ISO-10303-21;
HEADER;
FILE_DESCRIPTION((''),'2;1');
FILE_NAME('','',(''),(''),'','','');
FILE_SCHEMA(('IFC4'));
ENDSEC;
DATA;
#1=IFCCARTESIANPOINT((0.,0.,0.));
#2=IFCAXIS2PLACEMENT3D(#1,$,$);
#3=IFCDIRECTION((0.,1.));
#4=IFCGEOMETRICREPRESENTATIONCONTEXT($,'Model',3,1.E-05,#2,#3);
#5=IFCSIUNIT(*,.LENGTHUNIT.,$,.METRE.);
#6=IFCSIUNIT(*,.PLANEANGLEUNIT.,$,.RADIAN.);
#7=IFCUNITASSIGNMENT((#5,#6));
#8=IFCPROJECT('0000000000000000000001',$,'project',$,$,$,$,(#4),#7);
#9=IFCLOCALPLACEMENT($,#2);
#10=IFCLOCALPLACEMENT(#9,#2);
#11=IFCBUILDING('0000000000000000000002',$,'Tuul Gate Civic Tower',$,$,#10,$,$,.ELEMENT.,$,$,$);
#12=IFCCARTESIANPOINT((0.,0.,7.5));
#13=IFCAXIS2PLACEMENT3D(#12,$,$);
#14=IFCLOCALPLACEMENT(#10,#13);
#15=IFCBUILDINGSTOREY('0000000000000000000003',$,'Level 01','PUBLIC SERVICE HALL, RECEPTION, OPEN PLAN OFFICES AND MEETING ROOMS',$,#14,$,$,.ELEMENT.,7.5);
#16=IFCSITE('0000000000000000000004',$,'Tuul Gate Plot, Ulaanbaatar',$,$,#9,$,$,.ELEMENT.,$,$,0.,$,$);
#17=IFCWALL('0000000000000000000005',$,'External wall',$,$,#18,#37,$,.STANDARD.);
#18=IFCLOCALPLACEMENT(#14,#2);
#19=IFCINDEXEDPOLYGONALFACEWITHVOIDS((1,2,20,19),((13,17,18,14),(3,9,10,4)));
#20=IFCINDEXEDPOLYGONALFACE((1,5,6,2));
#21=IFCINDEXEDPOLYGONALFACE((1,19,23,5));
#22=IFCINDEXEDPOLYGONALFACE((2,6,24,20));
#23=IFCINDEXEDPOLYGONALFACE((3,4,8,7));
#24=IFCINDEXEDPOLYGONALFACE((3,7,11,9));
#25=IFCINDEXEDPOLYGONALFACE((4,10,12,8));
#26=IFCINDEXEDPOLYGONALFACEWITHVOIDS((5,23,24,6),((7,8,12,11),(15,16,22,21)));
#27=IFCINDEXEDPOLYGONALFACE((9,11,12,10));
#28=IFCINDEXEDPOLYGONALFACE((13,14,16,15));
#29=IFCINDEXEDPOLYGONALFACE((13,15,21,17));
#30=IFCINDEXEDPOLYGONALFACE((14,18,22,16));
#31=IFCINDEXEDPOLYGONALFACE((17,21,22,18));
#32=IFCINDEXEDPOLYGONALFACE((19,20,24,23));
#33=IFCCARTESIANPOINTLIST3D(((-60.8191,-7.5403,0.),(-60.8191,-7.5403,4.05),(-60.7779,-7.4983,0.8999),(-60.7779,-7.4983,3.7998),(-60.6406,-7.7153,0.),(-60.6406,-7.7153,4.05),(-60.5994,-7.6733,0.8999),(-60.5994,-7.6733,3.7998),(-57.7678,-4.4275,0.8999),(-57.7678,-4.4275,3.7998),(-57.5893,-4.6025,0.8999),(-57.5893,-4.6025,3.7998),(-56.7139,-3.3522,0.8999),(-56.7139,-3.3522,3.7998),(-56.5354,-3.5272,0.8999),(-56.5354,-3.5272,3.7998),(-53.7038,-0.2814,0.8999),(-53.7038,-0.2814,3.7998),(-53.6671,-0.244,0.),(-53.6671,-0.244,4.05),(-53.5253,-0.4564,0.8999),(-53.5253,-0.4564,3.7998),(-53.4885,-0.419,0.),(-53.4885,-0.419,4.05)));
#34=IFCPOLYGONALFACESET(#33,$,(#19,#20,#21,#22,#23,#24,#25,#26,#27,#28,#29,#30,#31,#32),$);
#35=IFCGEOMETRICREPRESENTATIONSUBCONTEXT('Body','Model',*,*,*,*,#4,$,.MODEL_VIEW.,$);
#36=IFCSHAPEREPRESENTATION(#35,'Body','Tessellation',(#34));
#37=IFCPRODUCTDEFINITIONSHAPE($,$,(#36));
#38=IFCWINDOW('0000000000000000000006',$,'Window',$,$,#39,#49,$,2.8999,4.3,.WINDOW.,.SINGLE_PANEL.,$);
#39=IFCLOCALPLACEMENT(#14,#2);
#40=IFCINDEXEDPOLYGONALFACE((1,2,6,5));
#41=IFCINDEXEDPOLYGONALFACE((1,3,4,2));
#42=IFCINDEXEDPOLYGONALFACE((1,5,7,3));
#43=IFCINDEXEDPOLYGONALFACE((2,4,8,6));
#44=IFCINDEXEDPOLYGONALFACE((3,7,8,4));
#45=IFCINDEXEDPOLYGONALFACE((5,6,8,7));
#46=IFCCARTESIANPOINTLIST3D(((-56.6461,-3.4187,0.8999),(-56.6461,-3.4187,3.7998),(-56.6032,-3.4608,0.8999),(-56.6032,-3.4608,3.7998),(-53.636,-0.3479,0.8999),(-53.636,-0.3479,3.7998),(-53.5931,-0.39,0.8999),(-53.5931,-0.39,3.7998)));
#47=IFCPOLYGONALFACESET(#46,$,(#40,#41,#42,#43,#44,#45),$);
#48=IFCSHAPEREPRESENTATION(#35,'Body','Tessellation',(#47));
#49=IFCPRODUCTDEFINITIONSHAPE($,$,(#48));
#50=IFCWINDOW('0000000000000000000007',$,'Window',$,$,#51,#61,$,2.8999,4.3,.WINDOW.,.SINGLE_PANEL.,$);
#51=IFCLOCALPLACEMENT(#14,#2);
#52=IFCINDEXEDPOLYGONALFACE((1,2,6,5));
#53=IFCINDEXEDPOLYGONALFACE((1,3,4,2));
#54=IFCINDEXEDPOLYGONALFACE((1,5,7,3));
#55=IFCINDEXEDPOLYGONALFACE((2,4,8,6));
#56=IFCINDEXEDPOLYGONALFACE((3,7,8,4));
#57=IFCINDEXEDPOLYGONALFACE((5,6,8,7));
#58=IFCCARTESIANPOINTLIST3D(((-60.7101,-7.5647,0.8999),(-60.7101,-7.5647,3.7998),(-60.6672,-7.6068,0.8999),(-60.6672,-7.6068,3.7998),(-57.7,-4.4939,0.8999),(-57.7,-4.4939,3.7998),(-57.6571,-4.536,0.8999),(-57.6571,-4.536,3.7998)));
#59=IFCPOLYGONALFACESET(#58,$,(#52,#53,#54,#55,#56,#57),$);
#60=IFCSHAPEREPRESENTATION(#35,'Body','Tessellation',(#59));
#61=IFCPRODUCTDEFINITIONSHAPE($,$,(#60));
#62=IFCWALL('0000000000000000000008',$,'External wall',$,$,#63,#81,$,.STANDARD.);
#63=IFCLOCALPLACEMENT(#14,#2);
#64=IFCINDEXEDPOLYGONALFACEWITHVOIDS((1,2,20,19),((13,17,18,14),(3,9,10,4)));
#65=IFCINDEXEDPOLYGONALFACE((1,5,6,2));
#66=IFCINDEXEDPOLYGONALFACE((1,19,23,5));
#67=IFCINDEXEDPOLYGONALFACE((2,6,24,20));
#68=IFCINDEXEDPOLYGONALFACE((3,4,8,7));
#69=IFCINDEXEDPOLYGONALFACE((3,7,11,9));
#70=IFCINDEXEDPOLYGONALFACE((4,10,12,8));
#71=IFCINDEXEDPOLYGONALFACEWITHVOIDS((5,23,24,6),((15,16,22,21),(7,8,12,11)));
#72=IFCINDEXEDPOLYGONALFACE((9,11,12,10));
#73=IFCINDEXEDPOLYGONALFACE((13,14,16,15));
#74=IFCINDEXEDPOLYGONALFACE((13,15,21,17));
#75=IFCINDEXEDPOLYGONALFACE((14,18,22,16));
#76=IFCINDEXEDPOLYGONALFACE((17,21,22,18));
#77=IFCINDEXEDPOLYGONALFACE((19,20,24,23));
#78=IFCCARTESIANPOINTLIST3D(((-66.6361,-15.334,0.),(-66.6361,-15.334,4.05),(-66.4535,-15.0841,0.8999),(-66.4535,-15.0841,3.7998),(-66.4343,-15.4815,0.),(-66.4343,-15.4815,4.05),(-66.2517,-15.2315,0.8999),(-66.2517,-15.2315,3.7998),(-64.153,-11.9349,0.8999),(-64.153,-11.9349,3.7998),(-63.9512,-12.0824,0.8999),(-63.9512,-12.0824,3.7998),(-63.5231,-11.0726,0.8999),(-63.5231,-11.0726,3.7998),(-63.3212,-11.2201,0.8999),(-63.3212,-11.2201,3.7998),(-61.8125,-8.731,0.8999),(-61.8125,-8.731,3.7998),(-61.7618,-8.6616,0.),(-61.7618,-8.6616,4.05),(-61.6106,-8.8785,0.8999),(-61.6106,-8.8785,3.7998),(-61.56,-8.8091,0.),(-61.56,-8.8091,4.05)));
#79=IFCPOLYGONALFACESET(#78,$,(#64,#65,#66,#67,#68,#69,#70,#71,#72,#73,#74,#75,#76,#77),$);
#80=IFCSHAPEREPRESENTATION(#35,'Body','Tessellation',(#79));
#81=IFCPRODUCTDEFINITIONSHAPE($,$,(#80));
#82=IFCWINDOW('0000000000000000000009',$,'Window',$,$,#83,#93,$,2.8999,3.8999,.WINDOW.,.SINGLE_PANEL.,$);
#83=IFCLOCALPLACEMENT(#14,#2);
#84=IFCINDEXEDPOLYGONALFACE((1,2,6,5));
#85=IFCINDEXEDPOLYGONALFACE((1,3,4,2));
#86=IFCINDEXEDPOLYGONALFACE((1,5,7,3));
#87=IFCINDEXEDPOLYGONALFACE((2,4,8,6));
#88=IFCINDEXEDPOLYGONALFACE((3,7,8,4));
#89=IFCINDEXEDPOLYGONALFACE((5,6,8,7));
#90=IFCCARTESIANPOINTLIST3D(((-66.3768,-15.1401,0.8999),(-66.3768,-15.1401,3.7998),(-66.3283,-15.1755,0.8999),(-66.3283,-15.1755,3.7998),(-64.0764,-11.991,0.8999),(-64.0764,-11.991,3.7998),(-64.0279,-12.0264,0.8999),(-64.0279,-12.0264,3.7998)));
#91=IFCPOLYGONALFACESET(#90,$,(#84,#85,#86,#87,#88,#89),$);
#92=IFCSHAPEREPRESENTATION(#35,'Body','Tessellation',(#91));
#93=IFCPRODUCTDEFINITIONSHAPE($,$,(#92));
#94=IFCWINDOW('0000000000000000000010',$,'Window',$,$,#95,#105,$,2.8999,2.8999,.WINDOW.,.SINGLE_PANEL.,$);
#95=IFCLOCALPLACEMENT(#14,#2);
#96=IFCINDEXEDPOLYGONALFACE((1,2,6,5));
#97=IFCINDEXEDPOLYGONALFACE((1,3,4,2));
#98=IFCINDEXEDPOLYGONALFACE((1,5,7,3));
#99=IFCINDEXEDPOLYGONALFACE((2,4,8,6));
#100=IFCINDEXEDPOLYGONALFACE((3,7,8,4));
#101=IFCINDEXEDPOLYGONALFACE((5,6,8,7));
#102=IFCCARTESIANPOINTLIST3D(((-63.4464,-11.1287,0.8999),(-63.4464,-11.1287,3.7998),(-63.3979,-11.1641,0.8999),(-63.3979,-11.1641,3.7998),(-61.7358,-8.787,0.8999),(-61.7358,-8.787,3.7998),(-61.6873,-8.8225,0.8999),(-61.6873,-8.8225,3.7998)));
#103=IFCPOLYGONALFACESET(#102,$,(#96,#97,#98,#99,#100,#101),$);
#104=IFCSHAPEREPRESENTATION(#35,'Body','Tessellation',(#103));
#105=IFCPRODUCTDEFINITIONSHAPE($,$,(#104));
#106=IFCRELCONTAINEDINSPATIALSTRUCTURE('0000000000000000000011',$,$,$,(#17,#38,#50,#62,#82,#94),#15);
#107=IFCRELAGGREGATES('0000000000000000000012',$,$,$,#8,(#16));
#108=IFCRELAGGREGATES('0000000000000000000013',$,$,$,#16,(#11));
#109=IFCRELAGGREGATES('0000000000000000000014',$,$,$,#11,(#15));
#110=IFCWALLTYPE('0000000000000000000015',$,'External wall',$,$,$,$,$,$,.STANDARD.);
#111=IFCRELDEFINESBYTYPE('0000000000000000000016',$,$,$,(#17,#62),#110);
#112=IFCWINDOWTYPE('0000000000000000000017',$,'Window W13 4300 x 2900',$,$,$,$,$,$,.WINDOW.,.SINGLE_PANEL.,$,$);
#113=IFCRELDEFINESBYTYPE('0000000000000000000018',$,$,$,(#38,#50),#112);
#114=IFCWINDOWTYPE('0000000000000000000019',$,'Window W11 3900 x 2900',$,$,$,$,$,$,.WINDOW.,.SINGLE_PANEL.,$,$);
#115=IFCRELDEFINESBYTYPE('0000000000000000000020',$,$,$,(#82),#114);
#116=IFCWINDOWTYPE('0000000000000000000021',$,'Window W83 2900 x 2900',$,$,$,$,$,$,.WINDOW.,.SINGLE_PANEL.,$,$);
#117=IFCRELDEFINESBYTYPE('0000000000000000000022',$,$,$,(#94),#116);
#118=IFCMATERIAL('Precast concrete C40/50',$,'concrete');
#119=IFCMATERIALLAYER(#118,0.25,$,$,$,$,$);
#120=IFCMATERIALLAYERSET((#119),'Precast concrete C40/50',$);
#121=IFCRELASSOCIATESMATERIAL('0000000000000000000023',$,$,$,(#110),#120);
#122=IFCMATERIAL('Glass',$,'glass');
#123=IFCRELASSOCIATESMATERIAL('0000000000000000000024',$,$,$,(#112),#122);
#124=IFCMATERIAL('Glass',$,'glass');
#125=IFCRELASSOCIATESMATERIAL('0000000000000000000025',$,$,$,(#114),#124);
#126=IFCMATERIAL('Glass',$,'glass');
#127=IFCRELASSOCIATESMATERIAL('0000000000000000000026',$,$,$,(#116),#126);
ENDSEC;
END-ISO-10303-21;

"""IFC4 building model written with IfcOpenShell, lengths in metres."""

from ifc_helpers import new_model, si_unit, direction, frame, frame_2d, origin, place, context, subcontext, project, spatial, rectangle, extrude, material, layer, layer_set, type_object, element, fill, save


model = new_model("IFC4")

# Units and contexts
model_context = context("Model", 3, precision=1e-05, world=origin(), true_north=direction((0.0, 1.0)))
body_context = subcontext(model_context, "Body", "Model", "MODEL_VIEW")
ifc_project = project(units=[si_unit("LENGTHUNIT", "METRE"), si_unit("PLANEANGLEUNIT", "RADIAN")], contexts=[model_context])

# Site, building, storey
site_placement = place(None, origin())
site = spatial("IfcSite", under=ifc_project, at=site_placement, Name="Tuul Gate Plot, Ulaanbaatar", CompositionType="ELEMENT", RefElevation=0.0)
building_placement = place(site_placement, origin())
building = spatial("IfcBuilding", under=site, at=building_placement, Name="Tuul Gate Civic Tower", CompositionType="ELEMENT")
storey_placement = place(building_placement, frame((0.0, 0.0, 7.5)))
storey = spatial("IfcBuildingStorey", under=building, at=storey_placement, Name="Level 01", Description="PUBLIC SERVICE HALL, RECEPTION, OPEN PLAN OFFICES AND MEETING ROOMS", CompositionType="ELEMENT", Elevation=7.5)

# Walls, openings, windows
ifc_material_1 = material(Name="Precast concrete C40/50", Category="concrete")
ifc_layer_1 = layer(ifc_material_1, 0.25)
ifc_layer_set_1 = layer_set([ifc_layer_1], Name="Precast concrete C40/50")
wall_type_1 = type_object("IfcWallType", Name="External wall", PredefinedType="STANDARD", material=ifc_layer_set_1)
ifc_material_2 = material(Name="Glass", Category="glass")
window_type_1 = type_object("IfcWindowType", Name="Window W13 4300 x 2900", PartitioningType="SINGLE_PANEL", PredefinedType="WINDOW", material=ifc_material_2)
wall_1_placement = place(storey_placement, frame((-53.5779, -0.3315, 0.0), z_axis=(0.0, 0.0, 1.0), x_axis=(-0.70001, -0.714133, 0.0)))
wall_1 = element("IfcWall", 1, at=wall_1_placement, inside=storey, type_object=wall_type_1, Name="External wall", PredefinedType="STANDARD", context=body_context, shape_type="SweptSolid", body=[
    extrude(rectangle(XDim=10.217, YDim=0.25, at=frame_2d((5.1084, 0.0))), origin(), (0.0, 0.0, 1.0), 4.05),
])
opening_1_placement = place(wall_1_placement, frame((0.0525, 0.0, 0.8999)))
opening_1 = element("IfcOpeningElement", 2, at=opening_1_placement, cuts=wall_1, PredefinedType="OPENING", context=body_context, shape_type="SweptSolid", body=[
    extrude(rectangle(XDim=4.3, YDim=2.8999, at=frame_2d((2.1499, 1.45))), frame((0.0, 0.135, 0.0), z_axis=(0.0, -1.0, 0.0), x_axis=(1.0, 0.0, 0.0)), (0.0, 0.0, 1.0), 0.27),
])
opening_2_placement = place(wall_1_placement, frame((5.8582, 0.0, 0.8999)))
opening_2 = element("IfcOpeningElement", 3, at=opening_2_placement, cuts=wall_1, PredefinedType="OPENING", context=body_context, shape_type="SweptSolid", body=[
    extrude(rectangle(XDim=4.3, YDim=2.8999, at=frame_2d((2.1499, 1.45))), frame((0.0, 0.135, 0.0), z_axis=(0.0, -1.0, 0.0), x_axis=(1.0, 0.0, 0.0)), (0.0, 0.0, 1.0), 0.27),
])
window_1_placement = place(opening_1_placement, origin())
window_1 = element("IfcWindow", 4, at=window_1_placement, inside=storey, type_object=window_type_1, Name="Window", OverallHeight=2.8999, OverallWidth=4.3, PartitioningType="SINGLE_PANEL", PredefinedType="WINDOW", context=body_context, shape_type="SweptSolid", body=[
    extrude(rectangle(XDim=4.3, YDim=2.8999, at=frame_2d((2.1499, 1.45))), frame((0.0, 0.03, 0.0), z_axis=(0.0, -1.0, 0.0), x_axis=(1.0, 0.0, 0.0)), (0.0, 0.0, 1.0), 0.0601),
])
fill(opening_1, window_1)
window_2_placement = place(opening_2_placement, origin())
window_2 = element("IfcWindow", 5, at=window_2_placement, inside=storey, type_object=window_type_1, Name="Window", OverallHeight=2.8999, OverallWidth=4.3, PartitioningType="SINGLE_PANEL", PredefinedType="WINDOW", context=body_context, shape_type="SweptSolid", body=[
    extrude(rectangle(XDim=4.3, YDim=2.8999, at=frame_2d((2.1499, 1.45))), frame((0.0, 0.03, 0.0), z_axis=(0.0, -1.0, 0.0), x_axis=(1.0, 0.0, 0.0)), (0.0, 0.0, 1.0), 0.0601),
])
fill(opening_2, window_2)
wall_2_placement = place(storey_placement, frame((-61.6609, -8.7354, 0.0), z_axis=(0.0, 0.0, 1.0), x_axis=(-0.589883, -0.807489, 0.0)))
wall_2 = element("IfcWall", 6, at=wall_2_placement, inside=storey, type_object=wall_type_1, Name="External wall", PredefinedType="STANDARD", context=body_context, shape_type="SweptSolid", body=[
    extrude(rectangle(XDim=8.2632, YDim=0.25, at=frame_2d((4.1316, 0.0))), origin(), (0.0, 0.0, 1.0), 4.05),
])
opening_3_placement = place(wall_2_placement, frame((0.0859, 0.0, 0.8999)))
opening_3 = element("IfcOpeningElement", 7, at=opening_3_placement, cuts=wall_2, PredefinedType="OPENING", context=body_context, shape_type="SweptSolid", body=[
    extrude(rectangle(XDim=2.8999, YDim=2.8999, at=frame_2d((1.45, 1.45))), frame((0.0, 0.135, 0.0), z_axis=(0.0, -1.0, 0.0), x_axis=(1.0, 0.0, 0.0)), (0.0, 0.0, 1.0), 0.27),
])
opening_4_placement = place(wall_2_placement, frame((4.0537, 0.0, 0.8999)))
opening_4 = element("IfcOpeningElement", 8, at=opening_4_placement, cuts=wall_2, PredefinedType="OPENING", context=body_context, shape_type="SweptSolid", body=[
    extrude(rectangle(XDim=3.8999, YDim=2.8999, at=frame_2d((1.95, 1.45))), frame((0.0, 0.135, 0.0), z_axis=(0.0, -1.0, 0.0), x_axis=(1.0, 0.0, 0.0)), (0.0, 0.0, 1.0), 0.27),
])
ifc_material_3 = material(Name="Glass", Category="glass")
window_type_2 = type_object("IfcWindowType", Name="Window W11 3900 x 2900", PartitioningType="SINGLE_PANEL", PredefinedType="WINDOW", material=ifc_material_3)
window_3_placement = place(opening_4_placement, origin())
window_3 = element("IfcWindow", 9, at=window_3_placement, inside=storey, type_object=window_type_2, Name="Window", OverallHeight=2.8999, OverallWidth=3.8999, PartitioningType="SINGLE_PANEL", PredefinedType="WINDOW", context=body_context, shape_type="SweptSolid", body=[
    extrude(rectangle(XDim=3.8999, YDim=2.8999, at=frame_2d((1.95, 1.45))), frame((0.0, 0.03, 0.0), z_axis=(0.0, -1.0, 0.0), x_axis=(1.0, 0.0, 0.0)), (0.0, 0.0, 1.0), 0.0601),
])
fill(opening_4, window_3)
ifc_material_4 = material(Name="Glass", Category="glass")
window_type_3 = type_object("IfcWindowType", Name="Window W83 2900 x 2900", PartitioningType="SINGLE_PANEL", PredefinedType="WINDOW", material=ifc_material_4)
window_4_placement = place(opening_3_placement, origin())
window_4 = element("IfcWindow", 10, at=window_4_placement, inside=storey, type_object=window_type_3, Name="Window", OverallHeight=2.8999, OverallWidth=2.8999, PartitioningType="SINGLE_PANEL", PredefinedType="WINDOW", context=body_context, shape_type="SweptSolid", body=[
    extrude(rectangle(XDim=2.8999, YDim=2.8999, at=frame_2d((1.45, 1.45))), frame((0.0, 0.03, 0.0), z_axis=(0.0, -1.0, 0.0), x_axis=(1.0, 0.0, 0.0)), (0.0, 0.0, 1.0), 0.0601),
])
fill(opening_3, window_4)

save(model, "model.ifc")
